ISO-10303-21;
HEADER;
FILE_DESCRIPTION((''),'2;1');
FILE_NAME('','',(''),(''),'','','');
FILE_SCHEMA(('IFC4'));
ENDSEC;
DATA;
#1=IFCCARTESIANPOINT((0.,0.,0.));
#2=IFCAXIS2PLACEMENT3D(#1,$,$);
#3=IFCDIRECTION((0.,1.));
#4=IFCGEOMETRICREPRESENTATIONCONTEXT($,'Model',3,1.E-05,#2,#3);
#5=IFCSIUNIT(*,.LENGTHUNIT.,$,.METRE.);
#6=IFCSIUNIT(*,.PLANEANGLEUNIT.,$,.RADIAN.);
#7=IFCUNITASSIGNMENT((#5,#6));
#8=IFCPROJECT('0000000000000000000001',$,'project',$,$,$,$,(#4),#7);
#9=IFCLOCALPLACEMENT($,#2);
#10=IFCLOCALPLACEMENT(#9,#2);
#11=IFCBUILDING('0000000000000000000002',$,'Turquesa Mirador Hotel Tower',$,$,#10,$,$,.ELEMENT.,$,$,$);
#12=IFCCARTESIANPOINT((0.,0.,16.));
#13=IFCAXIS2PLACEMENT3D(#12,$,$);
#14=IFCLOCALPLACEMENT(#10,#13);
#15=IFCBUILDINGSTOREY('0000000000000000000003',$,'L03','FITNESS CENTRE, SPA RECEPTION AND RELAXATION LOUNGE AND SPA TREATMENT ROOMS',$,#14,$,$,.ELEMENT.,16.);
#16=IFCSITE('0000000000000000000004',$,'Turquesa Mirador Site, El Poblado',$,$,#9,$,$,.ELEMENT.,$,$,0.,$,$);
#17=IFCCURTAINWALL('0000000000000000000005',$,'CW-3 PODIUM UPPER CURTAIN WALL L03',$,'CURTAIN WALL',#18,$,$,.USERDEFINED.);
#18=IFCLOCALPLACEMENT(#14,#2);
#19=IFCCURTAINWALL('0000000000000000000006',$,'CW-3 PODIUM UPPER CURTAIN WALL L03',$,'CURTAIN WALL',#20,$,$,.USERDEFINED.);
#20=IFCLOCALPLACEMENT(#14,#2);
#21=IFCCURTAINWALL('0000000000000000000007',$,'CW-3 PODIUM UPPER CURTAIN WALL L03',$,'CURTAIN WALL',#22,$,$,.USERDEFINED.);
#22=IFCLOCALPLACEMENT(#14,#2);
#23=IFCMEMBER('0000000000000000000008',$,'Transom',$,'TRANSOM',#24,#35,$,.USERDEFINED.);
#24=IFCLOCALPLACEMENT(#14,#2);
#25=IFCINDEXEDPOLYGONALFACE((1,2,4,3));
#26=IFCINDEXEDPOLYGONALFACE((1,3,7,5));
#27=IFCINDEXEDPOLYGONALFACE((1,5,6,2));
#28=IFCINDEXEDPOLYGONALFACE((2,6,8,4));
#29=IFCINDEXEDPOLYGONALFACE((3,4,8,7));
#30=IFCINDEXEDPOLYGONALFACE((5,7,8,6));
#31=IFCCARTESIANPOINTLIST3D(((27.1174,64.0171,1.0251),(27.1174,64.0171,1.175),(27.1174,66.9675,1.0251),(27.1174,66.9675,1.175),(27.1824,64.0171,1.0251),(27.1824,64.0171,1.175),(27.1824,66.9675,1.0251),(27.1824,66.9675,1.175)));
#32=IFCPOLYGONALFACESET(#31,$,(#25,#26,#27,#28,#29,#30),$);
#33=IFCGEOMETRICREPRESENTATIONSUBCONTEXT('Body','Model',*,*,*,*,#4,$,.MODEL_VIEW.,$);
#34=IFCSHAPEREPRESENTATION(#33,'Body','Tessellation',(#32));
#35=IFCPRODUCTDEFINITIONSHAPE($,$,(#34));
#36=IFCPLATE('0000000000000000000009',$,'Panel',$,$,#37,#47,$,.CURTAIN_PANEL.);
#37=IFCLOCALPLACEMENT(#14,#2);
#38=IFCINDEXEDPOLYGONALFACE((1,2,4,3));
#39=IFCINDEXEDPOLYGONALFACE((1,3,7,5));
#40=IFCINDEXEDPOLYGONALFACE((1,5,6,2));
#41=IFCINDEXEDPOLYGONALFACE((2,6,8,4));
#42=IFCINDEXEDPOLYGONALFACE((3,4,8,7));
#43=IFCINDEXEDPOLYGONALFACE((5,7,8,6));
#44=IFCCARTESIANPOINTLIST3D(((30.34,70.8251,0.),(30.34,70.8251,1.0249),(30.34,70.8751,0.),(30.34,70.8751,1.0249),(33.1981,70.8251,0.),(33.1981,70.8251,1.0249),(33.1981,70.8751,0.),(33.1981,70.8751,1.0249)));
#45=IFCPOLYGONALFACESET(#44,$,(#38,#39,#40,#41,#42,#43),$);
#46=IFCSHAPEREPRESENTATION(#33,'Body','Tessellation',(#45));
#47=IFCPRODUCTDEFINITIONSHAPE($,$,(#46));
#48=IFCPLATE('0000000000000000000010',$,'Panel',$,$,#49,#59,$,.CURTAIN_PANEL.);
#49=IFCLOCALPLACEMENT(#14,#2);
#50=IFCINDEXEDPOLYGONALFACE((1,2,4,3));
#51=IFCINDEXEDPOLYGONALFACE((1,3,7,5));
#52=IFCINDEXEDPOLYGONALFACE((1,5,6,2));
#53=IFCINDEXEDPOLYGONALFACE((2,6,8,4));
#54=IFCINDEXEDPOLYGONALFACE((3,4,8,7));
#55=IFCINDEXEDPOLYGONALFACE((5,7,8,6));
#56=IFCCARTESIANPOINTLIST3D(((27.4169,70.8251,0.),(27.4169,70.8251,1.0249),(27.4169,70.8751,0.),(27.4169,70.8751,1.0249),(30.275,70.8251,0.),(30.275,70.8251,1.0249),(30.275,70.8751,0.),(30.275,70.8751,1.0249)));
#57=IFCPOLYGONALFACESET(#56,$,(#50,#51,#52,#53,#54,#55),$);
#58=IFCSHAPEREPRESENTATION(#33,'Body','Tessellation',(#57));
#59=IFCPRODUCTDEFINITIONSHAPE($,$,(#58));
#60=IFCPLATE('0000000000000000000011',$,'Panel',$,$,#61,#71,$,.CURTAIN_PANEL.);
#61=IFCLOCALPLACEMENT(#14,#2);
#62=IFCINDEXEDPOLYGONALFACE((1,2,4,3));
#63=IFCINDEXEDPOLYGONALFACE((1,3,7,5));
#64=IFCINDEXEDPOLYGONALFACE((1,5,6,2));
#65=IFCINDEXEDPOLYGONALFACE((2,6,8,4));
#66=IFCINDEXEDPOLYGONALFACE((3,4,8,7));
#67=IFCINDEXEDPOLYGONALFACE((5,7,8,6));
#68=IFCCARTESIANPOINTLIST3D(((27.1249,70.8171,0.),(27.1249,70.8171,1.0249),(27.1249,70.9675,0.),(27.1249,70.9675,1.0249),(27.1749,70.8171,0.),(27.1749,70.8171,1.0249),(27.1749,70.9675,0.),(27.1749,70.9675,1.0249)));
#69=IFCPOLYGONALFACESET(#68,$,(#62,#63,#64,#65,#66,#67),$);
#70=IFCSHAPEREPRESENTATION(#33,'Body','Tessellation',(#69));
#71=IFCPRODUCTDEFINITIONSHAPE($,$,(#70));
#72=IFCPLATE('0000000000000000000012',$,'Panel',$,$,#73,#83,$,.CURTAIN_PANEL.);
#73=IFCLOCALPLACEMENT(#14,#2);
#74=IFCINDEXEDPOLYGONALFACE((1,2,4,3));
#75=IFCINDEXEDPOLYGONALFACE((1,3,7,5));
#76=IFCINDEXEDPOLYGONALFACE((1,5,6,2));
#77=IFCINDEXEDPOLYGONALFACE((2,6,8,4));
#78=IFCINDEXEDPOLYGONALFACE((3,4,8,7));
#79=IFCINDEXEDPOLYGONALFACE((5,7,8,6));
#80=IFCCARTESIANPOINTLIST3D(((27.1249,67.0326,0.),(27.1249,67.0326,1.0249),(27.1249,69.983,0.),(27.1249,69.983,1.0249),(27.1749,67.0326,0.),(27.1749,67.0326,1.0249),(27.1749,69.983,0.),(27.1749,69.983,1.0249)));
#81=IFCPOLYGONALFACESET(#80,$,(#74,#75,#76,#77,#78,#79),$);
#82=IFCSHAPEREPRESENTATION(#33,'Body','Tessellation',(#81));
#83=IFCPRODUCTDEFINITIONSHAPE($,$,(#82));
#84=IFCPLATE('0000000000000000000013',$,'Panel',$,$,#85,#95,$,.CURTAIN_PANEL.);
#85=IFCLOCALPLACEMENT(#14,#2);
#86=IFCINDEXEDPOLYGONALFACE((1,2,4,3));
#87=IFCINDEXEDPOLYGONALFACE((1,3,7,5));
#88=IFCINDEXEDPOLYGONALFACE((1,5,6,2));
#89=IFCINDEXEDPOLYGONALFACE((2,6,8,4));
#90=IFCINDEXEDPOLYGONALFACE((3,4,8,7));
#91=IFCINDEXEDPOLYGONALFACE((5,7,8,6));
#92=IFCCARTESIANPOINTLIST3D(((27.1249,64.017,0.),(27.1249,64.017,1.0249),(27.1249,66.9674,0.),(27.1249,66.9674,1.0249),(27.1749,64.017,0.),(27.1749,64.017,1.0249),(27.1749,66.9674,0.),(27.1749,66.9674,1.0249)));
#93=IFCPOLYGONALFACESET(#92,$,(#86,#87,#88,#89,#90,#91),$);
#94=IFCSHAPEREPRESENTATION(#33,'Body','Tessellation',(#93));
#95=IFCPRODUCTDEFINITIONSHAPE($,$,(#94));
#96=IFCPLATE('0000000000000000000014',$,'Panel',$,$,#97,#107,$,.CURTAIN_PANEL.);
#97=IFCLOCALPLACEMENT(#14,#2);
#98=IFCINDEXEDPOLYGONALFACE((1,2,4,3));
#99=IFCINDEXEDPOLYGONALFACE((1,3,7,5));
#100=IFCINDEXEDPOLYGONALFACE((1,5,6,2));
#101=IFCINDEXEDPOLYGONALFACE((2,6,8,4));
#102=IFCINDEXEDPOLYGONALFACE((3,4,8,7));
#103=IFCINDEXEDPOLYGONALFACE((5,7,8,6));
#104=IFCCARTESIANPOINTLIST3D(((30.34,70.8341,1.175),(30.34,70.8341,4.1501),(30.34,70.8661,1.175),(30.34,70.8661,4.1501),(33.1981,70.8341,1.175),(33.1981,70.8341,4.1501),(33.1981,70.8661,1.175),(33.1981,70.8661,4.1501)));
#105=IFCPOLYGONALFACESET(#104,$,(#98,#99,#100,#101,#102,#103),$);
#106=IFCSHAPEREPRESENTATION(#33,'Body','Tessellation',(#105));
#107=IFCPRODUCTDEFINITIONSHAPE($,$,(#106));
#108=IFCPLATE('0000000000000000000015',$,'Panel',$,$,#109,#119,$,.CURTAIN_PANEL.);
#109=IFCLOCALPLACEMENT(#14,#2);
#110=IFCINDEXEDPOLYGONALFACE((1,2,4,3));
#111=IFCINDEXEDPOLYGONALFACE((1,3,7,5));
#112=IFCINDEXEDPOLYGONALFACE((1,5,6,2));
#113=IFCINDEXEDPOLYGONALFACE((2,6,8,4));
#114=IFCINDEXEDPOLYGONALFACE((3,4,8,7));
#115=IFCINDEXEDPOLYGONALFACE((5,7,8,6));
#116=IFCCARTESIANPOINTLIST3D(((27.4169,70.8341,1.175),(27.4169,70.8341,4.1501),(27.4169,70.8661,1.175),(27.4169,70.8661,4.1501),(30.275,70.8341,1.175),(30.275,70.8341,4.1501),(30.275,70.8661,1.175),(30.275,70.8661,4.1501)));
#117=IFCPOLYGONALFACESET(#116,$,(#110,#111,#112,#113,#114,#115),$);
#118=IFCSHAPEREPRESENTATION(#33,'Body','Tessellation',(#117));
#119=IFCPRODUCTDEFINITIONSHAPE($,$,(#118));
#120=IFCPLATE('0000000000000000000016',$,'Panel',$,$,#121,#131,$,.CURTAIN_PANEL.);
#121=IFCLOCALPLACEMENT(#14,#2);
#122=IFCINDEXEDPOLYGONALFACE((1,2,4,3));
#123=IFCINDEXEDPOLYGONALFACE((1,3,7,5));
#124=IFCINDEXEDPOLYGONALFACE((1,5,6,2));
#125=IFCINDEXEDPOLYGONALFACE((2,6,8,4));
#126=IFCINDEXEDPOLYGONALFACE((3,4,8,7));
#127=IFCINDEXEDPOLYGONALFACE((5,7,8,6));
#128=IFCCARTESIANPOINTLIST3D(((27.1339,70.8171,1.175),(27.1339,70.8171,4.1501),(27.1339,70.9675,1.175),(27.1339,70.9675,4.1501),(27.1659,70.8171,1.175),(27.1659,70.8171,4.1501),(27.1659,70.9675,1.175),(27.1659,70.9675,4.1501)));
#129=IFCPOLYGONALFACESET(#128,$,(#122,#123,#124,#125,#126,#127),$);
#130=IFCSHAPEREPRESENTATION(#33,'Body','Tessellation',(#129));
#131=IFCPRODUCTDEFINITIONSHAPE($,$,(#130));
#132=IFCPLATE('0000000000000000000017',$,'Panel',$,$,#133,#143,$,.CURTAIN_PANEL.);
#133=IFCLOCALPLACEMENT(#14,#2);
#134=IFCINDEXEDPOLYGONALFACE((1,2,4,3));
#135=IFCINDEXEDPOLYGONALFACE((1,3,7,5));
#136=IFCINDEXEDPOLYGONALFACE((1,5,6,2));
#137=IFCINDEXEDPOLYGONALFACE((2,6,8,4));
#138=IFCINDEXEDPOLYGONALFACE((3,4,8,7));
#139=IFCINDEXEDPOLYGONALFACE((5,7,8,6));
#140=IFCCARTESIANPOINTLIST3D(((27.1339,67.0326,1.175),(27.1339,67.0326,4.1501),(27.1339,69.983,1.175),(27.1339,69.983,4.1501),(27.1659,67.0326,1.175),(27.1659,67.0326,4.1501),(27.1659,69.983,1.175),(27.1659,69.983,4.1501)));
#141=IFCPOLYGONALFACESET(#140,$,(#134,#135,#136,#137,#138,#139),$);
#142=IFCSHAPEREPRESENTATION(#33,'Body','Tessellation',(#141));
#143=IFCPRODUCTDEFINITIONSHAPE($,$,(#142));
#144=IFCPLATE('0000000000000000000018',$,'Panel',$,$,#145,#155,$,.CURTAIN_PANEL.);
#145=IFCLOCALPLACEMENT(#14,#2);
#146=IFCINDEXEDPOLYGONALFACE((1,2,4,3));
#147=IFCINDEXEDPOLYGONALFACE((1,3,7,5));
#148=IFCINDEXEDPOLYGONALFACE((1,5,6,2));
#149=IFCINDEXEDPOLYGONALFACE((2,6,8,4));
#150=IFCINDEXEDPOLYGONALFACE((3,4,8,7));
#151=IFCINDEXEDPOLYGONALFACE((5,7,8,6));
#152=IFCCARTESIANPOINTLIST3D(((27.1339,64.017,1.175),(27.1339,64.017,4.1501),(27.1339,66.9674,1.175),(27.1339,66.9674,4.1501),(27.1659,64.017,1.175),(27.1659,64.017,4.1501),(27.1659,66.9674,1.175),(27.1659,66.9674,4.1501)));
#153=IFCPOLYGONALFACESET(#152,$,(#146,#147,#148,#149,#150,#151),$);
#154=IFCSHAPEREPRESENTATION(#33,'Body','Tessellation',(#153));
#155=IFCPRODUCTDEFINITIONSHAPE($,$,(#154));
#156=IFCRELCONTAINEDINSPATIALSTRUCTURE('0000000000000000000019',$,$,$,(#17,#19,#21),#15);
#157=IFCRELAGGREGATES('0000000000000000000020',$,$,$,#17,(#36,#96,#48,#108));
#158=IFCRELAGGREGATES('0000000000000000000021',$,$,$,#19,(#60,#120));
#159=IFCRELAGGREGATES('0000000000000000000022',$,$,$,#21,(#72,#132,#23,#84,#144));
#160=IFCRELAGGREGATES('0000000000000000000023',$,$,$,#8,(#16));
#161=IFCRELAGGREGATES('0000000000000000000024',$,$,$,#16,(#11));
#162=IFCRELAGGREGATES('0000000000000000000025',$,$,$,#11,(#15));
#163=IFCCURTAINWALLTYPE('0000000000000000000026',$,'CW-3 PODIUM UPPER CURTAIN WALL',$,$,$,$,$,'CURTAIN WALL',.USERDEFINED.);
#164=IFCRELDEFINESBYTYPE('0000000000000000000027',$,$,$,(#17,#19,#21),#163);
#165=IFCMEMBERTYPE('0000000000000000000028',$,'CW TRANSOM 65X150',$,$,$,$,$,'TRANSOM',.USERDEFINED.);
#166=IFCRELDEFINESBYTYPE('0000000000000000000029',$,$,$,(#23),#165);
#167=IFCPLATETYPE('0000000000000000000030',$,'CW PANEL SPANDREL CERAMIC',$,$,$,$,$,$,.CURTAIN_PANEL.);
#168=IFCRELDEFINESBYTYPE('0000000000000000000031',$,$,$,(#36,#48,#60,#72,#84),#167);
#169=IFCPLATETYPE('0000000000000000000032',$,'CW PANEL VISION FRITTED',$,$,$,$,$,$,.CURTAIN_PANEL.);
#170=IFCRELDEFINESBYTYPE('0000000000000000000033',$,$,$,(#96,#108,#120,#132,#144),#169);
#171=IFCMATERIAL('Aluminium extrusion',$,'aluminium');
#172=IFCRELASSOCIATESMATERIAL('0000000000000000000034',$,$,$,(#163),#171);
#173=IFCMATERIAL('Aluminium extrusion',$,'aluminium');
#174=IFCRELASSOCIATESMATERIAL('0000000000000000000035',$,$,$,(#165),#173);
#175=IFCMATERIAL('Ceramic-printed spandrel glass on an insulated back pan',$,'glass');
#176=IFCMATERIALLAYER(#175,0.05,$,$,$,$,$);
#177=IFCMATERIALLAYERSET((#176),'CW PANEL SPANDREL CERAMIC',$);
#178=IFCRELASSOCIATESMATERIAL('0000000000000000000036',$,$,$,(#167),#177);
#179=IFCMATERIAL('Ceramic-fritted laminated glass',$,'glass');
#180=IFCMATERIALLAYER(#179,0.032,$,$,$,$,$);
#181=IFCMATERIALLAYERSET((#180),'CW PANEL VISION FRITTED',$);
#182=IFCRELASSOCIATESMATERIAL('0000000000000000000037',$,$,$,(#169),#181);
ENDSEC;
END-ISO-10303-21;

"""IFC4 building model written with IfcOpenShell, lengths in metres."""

from ifc_helpers import new_model, si_unit, direction, frame, origin, origin_2d, place, context, subcontext, project, spatial, rectangle, extrude, material, layer, layer_set, material_profile, profile_set, type_object, element, aggregate, save


model = new_model("IFC4")

# Units and contexts
model_context = context("Model", 3, precision=1e-05, world=origin(), true_north=direction((0.0, 1.0)))
body_context = subcontext(model_context, "Body", "Model", "MODEL_VIEW")
ifc_project = project(units=[si_unit("LENGTHUNIT", "METRE"), si_unit("PLANEANGLEUNIT", "RADIAN")], contexts=[model_context])

# Site, building, storey
site_placement = place(None, origin())
site = spatial("IfcSite", under=ifc_project, at=site_placement, Name="Turquesa Mirador Site, El Poblado", CompositionType="ELEMENT", RefElevation=0.0)
building_placement = place(site_placement, origin())
building = spatial("IfcBuilding", under=site, at=building_placement, Name="Turquesa Mirador Hotel Tower", CompositionType="ELEMENT")
storey_placement = place(building_placement, frame((0.0, 0.0, 16.0)))
storey = spatial("IfcBuildingStorey", under=building, at=storey_placement, Name="L03", Description="FITNESS CENTRE, SPA RECEPTION AND RELAXATION LOUNGE AND SPA TREATMENT ROOMS", CompositionType="ELEMENT", Elevation=16.0)

# Curtain walls
ifc_material_1 = material(Name="Aluminium extrusion", Category="aluminium")
curtain_wall_type = type_object("IfcCurtainWallType", Name="CW-3 PODIUM UPPER CURTAIN WALL", ElementType="CURTAIN WALL", PredefinedType="USERDEFINED", material=ifc_material_1)
curtain_wall_1_placement = place(storey_placement, origin())
curtain_wall_1 = element("IfcCurtainWall", 1, at=curtain_wall_1_placement, inside=storey, type_object=curtain_wall_type, Name="CW-3 PODIUM UPPER CURTAIN WALL L03", ObjectType="CURTAIN WALL", PredefinedType="USERDEFINED")
curtain_wall_2_placement = place(storey_placement, origin())
curtain_wall_2 = element("IfcCurtainWall", 2, at=curtain_wall_2_placement, inside=storey, type_object=curtain_wall_type, Name="CW-3 PODIUM UPPER CURTAIN WALL L03", ObjectType="CURTAIN WALL", PredefinedType="USERDEFINED")
curtain_wall_3_placement = place(storey_placement, origin())
curtain_wall_3 = element("IfcCurtainWall", 3, at=curtain_wall_3_placement, inside=storey, type_object=curtain_wall_type, Name="CW-3 PODIUM UPPER CURTAIN WALL L03", ObjectType="CURTAIN WALL", PredefinedType="USERDEFINED")

# Member
ifc_material_2 = material(Name="Aluminium extrusion", Category="aluminium")
ifc_material_profile_1 = material_profile(ifc_material_2, rectangle(XDim=0.0649, YDim=0.1499, at=origin_2d()), Name="TRANSOM 65X150")
ifc_profile_set_1 = profile_set([ifc_material_profile_1], Name="Aluminium extrusion")
member_type_1 = type_object("IfcMemberType", Name="CW TRANSOM 65X150", ElementType="TRANSOM", PredefinedType="USERDEFINED", material=ifc_profile_set_1)
member_1_placement = place(storey_placement, frame((27.1499, 66.9675, 1.1001), z_axis=(0.0, -1.0, 0.0), x_axis=(1.0, 0.0, 0.0)))
member_1 = element("IfcMember", 4, at=member_1_placement, type_object=member_type_1, Name="Transom", ObjectType="TRANSOM", PredefinedType="USERDEFINED", context=body_context, shape_type="SweptSolid", body=[
    extrude(rectangle(XDim=0.0649, YDim=0.1499, at=origin_2d()), origin(), (0.0, 0.0, 1.0), 2.9504),
])

# Plates
ifc_material_3 = material(Name="Ceramic-printed spandrel glass on an insulated back pan", Category="glass")
ifc_layer_1 = layer(ifc_material_3, 0.05)
ifc_layer_set_1 = layer_set([ifc_layer_1], Name="CW PANEL SPANDREL CERAMIC")
plate_type_1 = type_object("IfcPlateType", Name="CW PANEL SPANDREL CERAMIC", PredefinedType="CURTAIN_PANEL", material=ifc_layer_set_1)
plate_1_placement = place(storey_placement, frame((31.769, 70.8501, 0.0), z_axis=(0.0, 0.0, 1.0), x_axis=(-1.0, 0.0, 0.0)))
plate_1 = element("IfcPlate", 5, at=plate_1_placement, type_object=plate_type_1, Name="Panel", PredefinedType="CURTAIN_PANEL", context=body_context, shape_type="SweptSolid", body=[
    extrude(rectangle(XDim=2.8582, YDim=0.05, at=origin_2d()), origin(), (0.0, 0.0, 1.0), 1.0249),
])
plate_2_placement = place(storey_placement, frame((28.8459, 70.8501, 0.0), z_axis=(0.0, 0.0, 1.0), x_axis=(-1.0, 0.0, 0.0)))
plate_2 = element("IfcPlate", 6, at=plate_2_placement, type_object=plate_type_1, Name="Panel", PredefinedType="CURTAIN_PANEL", context=body_context, shape_type="SweptSolid", body=[
    extrude(rectangle(XDim=2.8582, YDim=0.05, at=origin_2d()), origin(), (0.0, 0.0, 1.0), 1.0249),
])
plate_3_placement = place(storey_placement, frame((27.1499, 70.8923, 0.0), z_axis=(0.0, 0.0, 1.0), x_axis=(0.0, -1.0, 0.0)))
plate_3 = element("IfcPlate", 7, at=plate_3_placement, type_object=plate_type_1, Name="Panel", PredefinedType="CURTAIN_PANEL", context=body_context, shape_type="SweptSolid", body=[
    extrude(rectangle(XDim=0.1504, YDim=0.05, at=origin_2d()), origin(), (0.0, 0.0, 1.0), 1.0249),
])
plate_4_placement = place(storey_placement, frame((27.1499, 68.5078, 0.0), z_axis=(0.0, 0.0, 1.0), x_axis=(0.0, -1.0, 0.0)))
plate_4 = element("IfcPlate", 8, at=plate_4_placement, type_object=plate_type_1, Name="Panel", PredefinedType="CURTAIN_PANEL", context=body_context, shape_type="SweptSolid", body=[
    extrude(rectangle(XDim=2.9504, YDim=0.05, at=origin_2d()), origin(), (0.0, 0.0, 1.0), 1.0249),
])
plate_5_placement = place(storey_placement, frame((27.1499, 65.4922, 0.0), z_axis=(0.0, 0.0, 1.0), x_axis=(0.0, -1.0, 0.0)))
plate_5 = element("IfcPlate", 9, at=plate_5_placement, type_object=plate_type_1, Name="Panel", PredefinedType="CURTAIN_PANEL", context=body_context, shape_type="SweptSolid", body=[
    extrude(rectangle(XDim=2.9504, YDim=0.05, at=origin_2d()), origin(), (0.0, 0.0, 1.0), 1.0249),
])
ifc_material_4 = material(Name="Ceramic-fritted laminated glass", Category="glass")
ifc_layer_2 = layer(ifc_material_4, 0.032)
ifc_layer_set_2 = layer_set([ifc_layer_2], Name="CW PANEL VISION FRITTED")
plate_type_2 = type_object("IfcPlateType", Name="CW PANEL VISION FRITTED", PredefinedType="CURTAIN_PANEL", material=ifc_layer_set_2)
plate_6_placement = place(storey_placement, frame((31.769, 70.8501, 1.175), z_axis=(0.0, 0.0, 1.0), x_axis=(-1.0, 0.0, 0.0)))
plate_6 = element("IfcPlate", 10, at=plate_6_placement, type_object=plate_type_2, Name="Panel", PredefinedType="CURTAIN_PANEL", context=body_context, shape_type="SweptSolid", body=[
    extrude(rectangle(XDim=2.8582, YDim=0.032, at=origin_2d()), origin(), (0.0, 0.0, 1.0), 2.9751),
])
plate_7_placement = place(storey_placement, frame((28.8459, 70.8501, 1.175), z_axis=(0.0, 0.0, 1.0), x_axis=(-1.0, 0.0, 0.0)))
plate_7 = element("IfcPlate", 11, at=plate_7_placement, type_object=plate_type_2, Name="Panel", PredefinedType="CURTAIN_PANEL", context=body_context, shape_type="SweptSolid", body=[
    extrude(rectangle(XDim=2.8582, YDim=0.032, at=origin_2d()), origin(), (0.0, 0.0, 1.0), 2.9751),
])
aggregate(curtain_wall_1, [plate_1, plate_6, plate_2, plate_7])
plate_8_placement = place(storey_placement, frame((27.1499, 70.8923, 1.175), z_axis=(0.0, 0.0, 1.0), x_axis=(0.0, -1.0, 0.0)))
plate_8 = element("IfcPlate", 12, at=plate_8_placement, type_object=plate_type_2, Name="Panel", PredefinedType="CURTAIN_PANEL", context=body_context, shape_type="SweptSolid", body=[
    extrude(rectangle(XDim=0.1504, YDim=0.032, at=origin_2d()), origin(), (0.0, 0.0, 1.0), 2.9751),
])
aggregate(curtain_wall_2, [plate_3, plate_8])
plate_9_placement = place(storey_placement, frame((27.1499, 68.5078, 1.175), z_axis=(0.0, 0.0, 1.0), x_axis=(0.0, -1.0, 0.0)))
plate_9 = element("IfcPlate", 13, at=plate_9_placement, type_object=plate_type_2, Name="Panel", PredefinedType="CURTAIN_PANEL", context=body_context, shape_type="SweptSolid", body=[
    extrude(rectangle(XDim=2.9504, YDim=0.032, at=origin_2d()), origin(), (0.0, 0.0, 1.0), 2.9751),
])
plate_10_placement = place(storey_placement, frame((27.1499, 65.4922, 1.175), z_axis=(0.0, 0.0, 1.0), x_axis=(0.0, -1.0, 0.0)))
plate_10 = element("IfcPlate", 14, at=plate_10_placement, type_object=plate_type_2, Name="Panel", PredefinedType="CURTAIN_PANEL", context=body_context, shape_type="SweptSolid", body=[
    extrude(rectangle(XDim=2.9504, YDim=0.032, at=origin_2d()), origin(), (0.0, 0.0, 1.0), 2.9751),
])
aggregate(curtain_wall_3, [plate_4, plate_9, member_1, plate_5, plate_10])

save(model, "model.ifc")
